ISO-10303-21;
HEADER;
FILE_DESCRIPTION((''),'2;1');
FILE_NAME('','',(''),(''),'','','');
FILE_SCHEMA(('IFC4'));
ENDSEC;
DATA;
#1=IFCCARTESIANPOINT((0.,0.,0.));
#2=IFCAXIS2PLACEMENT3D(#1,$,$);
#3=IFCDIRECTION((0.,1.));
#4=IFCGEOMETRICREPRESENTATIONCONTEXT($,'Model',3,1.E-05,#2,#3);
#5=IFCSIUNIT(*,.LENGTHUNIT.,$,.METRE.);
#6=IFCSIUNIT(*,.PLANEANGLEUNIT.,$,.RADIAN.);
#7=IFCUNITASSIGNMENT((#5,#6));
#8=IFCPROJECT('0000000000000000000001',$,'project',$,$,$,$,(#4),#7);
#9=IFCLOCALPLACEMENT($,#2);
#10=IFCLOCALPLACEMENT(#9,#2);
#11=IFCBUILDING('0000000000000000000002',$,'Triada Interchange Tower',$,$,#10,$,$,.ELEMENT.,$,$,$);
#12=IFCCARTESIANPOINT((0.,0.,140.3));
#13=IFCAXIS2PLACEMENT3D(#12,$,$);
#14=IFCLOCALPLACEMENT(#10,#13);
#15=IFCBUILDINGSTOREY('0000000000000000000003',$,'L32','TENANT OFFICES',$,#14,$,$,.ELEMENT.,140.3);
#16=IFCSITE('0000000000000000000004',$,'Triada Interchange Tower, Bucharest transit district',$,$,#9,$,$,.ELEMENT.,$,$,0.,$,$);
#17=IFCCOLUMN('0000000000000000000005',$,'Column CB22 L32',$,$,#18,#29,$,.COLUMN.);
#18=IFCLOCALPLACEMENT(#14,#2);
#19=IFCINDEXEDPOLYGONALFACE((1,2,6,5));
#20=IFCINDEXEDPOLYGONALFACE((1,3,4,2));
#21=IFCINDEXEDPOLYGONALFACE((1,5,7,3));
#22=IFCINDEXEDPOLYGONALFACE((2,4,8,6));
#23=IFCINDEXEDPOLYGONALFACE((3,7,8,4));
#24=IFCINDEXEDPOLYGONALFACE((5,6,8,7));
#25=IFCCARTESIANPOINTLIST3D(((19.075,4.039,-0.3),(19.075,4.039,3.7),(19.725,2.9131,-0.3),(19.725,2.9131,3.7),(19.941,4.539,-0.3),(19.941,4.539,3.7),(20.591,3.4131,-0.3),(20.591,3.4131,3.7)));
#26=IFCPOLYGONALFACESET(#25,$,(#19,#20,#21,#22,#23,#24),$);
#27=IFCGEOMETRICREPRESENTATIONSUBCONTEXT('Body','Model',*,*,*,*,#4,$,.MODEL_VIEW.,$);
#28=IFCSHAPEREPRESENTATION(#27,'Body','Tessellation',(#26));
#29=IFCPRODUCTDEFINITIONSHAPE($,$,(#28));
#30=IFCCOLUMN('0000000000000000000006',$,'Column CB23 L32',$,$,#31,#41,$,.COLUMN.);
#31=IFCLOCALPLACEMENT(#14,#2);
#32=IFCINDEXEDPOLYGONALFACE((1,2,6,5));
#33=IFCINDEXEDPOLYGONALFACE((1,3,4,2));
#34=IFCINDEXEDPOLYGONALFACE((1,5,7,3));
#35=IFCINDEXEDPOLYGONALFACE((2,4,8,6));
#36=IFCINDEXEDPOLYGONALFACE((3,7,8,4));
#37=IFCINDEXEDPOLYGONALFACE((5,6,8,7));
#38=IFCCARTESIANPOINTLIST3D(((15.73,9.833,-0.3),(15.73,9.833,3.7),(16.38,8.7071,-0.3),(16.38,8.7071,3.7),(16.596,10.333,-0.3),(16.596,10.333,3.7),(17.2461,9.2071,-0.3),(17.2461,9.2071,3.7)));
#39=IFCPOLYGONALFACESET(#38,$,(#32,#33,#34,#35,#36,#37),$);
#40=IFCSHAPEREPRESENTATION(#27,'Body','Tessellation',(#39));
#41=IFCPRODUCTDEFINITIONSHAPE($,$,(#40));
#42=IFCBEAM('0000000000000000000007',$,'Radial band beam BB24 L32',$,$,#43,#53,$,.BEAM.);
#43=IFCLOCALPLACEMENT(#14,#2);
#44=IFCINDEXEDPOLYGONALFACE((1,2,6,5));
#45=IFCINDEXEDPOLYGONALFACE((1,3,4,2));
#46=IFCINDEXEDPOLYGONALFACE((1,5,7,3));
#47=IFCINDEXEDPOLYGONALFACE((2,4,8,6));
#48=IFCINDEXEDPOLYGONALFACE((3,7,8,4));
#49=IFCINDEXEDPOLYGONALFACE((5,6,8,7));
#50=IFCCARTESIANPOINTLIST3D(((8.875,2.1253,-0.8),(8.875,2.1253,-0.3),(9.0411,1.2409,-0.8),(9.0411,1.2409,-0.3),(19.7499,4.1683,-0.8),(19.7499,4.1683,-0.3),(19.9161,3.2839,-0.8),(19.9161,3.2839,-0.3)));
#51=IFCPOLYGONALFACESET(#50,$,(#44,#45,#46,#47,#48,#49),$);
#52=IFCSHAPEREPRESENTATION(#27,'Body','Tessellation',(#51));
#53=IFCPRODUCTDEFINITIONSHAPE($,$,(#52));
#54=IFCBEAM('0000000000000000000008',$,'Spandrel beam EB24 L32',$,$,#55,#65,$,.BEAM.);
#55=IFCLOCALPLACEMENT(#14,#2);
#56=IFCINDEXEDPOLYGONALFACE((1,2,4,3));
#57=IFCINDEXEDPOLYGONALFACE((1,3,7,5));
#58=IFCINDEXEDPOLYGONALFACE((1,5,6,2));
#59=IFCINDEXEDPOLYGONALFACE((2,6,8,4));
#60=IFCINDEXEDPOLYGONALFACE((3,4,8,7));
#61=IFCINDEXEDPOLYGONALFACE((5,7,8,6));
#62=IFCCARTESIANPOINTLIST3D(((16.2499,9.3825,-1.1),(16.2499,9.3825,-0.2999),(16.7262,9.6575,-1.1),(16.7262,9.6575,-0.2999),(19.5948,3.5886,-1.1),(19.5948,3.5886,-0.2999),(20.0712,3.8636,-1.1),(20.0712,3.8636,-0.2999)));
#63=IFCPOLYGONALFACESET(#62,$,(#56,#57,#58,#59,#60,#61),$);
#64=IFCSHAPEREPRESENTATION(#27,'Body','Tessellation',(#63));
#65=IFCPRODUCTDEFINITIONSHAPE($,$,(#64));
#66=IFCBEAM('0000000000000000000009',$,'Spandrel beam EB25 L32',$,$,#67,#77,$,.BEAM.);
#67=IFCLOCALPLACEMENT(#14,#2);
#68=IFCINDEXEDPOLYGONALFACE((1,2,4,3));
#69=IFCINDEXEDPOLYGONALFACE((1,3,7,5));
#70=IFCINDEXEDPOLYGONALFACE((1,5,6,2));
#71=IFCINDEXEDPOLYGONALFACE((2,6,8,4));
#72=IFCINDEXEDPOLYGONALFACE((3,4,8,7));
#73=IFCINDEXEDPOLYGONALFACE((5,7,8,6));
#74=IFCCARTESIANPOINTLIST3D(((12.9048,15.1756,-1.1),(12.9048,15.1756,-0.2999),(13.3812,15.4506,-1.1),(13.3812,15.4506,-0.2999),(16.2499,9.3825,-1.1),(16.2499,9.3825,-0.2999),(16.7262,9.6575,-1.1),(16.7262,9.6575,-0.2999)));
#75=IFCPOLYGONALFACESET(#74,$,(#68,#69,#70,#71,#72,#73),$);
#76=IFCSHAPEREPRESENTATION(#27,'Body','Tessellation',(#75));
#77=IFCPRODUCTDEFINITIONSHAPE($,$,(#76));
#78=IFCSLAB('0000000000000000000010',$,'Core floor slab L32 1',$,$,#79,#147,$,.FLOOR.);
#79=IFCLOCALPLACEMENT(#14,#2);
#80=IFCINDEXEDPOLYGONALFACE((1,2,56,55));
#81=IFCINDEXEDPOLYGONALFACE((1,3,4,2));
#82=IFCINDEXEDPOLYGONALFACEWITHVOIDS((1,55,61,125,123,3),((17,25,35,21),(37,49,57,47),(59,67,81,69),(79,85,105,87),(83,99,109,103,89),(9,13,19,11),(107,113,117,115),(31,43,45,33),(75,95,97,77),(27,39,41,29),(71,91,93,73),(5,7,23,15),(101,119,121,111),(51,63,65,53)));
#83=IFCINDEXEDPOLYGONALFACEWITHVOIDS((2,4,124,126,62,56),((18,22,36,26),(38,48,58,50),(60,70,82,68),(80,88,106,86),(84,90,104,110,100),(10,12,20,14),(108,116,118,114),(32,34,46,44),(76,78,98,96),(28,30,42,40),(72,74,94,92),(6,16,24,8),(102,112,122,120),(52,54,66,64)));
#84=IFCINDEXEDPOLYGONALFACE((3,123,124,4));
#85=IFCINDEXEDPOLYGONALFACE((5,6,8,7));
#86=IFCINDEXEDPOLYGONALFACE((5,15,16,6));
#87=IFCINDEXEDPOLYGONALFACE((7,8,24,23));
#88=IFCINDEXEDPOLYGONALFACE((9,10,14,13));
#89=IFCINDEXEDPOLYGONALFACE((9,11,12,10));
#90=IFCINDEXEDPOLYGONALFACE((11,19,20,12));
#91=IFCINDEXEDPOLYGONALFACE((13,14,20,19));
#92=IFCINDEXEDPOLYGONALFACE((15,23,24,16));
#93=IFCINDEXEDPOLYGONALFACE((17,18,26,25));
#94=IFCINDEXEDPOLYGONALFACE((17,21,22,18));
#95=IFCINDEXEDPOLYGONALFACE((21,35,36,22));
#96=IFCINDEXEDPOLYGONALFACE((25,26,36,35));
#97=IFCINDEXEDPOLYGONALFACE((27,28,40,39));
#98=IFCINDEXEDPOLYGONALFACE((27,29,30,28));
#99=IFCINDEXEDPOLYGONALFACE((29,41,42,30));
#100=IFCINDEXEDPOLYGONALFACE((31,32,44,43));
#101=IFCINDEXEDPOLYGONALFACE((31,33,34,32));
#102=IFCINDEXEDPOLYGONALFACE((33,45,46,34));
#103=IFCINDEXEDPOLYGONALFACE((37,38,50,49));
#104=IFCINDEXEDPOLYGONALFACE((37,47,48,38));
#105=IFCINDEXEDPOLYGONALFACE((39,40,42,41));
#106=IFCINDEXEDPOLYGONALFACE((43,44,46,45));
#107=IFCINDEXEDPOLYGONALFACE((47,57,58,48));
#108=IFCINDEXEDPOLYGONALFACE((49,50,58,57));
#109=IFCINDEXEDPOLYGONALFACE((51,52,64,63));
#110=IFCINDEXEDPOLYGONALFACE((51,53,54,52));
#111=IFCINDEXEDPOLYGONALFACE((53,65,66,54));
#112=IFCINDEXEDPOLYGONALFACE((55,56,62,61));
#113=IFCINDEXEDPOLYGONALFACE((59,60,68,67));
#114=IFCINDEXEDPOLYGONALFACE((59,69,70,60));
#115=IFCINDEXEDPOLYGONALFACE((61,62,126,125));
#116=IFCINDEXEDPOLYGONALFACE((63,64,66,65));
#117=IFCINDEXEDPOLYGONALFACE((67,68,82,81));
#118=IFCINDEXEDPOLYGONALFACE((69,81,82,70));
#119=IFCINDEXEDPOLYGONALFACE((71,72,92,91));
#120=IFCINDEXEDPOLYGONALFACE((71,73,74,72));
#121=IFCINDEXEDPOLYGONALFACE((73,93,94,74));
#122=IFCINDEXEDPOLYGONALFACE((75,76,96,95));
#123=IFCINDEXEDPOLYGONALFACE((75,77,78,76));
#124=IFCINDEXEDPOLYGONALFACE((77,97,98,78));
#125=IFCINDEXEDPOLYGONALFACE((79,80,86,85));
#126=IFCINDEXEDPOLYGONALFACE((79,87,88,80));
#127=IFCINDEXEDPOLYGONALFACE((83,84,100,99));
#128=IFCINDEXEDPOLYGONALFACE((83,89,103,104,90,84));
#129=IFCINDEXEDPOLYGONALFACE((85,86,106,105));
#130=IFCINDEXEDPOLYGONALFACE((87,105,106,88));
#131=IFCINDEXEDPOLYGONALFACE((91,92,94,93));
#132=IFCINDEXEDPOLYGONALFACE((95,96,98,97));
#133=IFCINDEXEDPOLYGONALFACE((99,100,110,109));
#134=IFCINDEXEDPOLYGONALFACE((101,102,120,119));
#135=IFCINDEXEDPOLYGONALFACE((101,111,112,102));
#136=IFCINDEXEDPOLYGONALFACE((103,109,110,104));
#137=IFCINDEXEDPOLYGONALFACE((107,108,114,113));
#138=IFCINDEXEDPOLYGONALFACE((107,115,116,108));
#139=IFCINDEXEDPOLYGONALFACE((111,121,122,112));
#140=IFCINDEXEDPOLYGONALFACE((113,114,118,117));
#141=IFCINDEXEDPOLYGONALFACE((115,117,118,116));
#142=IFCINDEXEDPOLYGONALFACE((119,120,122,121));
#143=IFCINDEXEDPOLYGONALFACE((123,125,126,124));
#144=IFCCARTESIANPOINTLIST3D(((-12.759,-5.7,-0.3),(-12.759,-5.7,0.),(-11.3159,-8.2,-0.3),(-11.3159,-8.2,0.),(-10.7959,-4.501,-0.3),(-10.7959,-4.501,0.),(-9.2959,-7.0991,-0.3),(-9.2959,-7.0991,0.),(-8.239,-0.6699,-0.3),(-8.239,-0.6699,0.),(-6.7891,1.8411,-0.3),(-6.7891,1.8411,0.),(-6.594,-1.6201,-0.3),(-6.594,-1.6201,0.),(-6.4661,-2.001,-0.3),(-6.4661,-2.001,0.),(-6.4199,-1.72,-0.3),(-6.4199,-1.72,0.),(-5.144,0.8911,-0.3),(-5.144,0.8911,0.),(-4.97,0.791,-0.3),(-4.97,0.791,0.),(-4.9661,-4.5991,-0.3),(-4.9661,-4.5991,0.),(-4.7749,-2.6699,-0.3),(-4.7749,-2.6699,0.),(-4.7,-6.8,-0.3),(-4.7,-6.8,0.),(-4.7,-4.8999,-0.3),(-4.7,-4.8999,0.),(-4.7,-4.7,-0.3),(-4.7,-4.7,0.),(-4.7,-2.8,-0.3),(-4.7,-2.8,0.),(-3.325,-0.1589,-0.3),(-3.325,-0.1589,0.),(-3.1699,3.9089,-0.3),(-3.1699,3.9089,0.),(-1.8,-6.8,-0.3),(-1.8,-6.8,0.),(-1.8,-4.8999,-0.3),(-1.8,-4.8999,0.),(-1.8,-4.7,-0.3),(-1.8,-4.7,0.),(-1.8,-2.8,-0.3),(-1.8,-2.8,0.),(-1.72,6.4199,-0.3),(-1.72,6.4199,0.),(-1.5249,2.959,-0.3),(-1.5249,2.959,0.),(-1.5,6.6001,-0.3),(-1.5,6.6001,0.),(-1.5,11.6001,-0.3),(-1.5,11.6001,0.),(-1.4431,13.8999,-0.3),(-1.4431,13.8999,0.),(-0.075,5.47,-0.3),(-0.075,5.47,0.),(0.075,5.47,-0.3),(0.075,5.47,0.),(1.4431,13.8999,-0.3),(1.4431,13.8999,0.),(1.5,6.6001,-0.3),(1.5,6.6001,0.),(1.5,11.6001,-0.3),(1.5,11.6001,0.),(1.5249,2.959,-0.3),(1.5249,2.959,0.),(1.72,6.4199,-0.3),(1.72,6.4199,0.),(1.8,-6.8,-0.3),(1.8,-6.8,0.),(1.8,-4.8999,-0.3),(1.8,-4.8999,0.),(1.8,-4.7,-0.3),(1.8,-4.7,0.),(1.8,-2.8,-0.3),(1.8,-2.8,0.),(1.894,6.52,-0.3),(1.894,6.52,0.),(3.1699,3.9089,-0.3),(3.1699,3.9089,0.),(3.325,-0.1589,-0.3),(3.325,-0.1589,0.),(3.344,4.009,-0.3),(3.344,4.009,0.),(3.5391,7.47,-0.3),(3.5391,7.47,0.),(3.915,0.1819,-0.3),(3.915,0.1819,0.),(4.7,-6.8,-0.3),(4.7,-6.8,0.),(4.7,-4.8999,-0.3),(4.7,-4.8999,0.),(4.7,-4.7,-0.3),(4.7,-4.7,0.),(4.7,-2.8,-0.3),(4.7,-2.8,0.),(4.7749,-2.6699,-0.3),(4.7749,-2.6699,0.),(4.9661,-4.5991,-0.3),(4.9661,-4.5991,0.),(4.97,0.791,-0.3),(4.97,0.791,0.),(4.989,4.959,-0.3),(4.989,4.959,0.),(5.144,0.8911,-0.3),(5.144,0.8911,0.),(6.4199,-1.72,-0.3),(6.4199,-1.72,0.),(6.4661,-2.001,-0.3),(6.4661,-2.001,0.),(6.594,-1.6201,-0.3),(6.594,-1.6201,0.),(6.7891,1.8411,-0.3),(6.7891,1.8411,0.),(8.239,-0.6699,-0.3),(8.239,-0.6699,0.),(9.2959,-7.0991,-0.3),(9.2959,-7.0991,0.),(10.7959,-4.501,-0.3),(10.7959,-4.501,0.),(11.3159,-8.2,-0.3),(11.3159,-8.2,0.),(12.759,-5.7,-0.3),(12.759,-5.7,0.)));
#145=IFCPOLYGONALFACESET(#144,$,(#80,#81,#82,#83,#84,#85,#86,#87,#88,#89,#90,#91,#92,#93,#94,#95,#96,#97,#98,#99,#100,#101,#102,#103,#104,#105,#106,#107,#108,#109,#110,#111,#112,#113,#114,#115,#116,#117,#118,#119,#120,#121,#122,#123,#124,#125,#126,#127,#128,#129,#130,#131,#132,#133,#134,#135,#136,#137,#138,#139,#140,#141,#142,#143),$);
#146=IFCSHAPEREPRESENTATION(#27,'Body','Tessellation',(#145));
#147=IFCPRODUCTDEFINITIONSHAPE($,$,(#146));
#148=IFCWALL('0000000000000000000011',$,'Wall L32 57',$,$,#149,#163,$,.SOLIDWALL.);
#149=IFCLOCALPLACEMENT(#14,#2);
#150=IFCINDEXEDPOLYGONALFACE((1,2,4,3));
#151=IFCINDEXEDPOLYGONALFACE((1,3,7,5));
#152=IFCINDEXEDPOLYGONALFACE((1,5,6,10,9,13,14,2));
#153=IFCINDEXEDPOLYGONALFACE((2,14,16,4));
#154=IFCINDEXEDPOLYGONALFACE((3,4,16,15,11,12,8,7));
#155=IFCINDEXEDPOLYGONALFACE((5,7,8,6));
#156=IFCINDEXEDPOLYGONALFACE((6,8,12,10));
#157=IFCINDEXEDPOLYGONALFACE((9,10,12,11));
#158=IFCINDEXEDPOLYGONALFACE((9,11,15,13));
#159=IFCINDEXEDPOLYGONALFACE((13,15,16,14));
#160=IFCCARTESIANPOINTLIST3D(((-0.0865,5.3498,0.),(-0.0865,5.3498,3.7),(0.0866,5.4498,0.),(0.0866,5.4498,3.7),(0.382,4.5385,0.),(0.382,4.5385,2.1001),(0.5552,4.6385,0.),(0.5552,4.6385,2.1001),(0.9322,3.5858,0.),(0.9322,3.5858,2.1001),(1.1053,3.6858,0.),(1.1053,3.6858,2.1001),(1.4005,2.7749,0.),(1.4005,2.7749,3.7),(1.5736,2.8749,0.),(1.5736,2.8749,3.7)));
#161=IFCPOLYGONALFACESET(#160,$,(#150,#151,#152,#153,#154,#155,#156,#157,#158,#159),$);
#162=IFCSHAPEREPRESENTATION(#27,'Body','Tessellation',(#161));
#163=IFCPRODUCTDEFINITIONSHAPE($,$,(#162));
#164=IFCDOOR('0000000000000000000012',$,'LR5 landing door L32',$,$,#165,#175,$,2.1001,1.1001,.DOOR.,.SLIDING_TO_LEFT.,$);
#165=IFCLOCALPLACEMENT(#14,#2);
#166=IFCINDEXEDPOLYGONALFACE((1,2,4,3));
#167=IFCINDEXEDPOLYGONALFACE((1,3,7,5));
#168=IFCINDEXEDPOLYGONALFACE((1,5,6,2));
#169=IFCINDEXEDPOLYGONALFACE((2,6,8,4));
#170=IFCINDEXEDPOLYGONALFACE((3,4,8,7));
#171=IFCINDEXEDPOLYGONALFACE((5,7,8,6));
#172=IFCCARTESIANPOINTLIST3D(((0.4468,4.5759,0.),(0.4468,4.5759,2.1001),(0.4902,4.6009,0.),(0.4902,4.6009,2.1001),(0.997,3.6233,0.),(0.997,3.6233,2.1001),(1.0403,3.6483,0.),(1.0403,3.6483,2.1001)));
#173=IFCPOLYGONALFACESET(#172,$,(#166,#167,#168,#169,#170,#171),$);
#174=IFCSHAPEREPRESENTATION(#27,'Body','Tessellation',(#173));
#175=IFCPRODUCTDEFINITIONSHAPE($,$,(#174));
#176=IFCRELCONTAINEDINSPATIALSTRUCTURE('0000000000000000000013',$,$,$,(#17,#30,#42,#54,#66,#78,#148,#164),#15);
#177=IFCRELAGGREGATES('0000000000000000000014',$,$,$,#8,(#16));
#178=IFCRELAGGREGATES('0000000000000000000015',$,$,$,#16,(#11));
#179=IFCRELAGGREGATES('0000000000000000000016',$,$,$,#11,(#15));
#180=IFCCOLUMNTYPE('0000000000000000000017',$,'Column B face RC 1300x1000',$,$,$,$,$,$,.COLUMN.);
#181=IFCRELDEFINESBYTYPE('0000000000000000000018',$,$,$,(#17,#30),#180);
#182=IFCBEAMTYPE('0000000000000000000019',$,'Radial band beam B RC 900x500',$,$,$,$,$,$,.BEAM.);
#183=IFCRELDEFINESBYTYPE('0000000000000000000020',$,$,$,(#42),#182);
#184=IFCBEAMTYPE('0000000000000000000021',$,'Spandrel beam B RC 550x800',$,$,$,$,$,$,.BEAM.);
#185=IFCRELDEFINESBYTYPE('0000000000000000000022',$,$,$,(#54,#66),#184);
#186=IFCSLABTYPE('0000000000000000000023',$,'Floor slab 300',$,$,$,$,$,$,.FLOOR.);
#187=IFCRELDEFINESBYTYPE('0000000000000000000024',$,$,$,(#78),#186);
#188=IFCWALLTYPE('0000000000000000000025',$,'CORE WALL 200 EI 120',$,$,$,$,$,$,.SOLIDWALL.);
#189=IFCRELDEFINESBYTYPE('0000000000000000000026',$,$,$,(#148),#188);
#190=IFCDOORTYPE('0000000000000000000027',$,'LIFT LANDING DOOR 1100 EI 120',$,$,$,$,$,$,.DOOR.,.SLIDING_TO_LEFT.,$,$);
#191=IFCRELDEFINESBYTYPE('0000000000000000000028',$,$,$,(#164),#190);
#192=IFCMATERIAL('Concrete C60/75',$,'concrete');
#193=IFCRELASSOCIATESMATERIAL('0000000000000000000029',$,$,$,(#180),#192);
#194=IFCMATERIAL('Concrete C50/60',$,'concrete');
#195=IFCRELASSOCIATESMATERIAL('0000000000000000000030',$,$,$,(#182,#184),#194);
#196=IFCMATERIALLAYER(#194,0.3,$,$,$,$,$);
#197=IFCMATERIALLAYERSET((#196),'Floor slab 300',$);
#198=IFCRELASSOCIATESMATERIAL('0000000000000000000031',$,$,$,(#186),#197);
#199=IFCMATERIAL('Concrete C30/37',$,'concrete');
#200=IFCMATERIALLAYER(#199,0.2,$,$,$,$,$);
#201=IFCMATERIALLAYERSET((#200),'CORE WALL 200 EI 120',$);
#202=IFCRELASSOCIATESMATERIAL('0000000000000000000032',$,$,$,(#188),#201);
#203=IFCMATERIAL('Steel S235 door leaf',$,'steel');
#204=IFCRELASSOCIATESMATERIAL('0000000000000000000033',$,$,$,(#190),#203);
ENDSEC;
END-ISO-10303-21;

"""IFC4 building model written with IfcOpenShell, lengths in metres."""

from ifc_helpers import new_model, si_unit, direction, frame, frame_2d, origin, origin_2d, place, context, subcontext, project, spatial, polyline, rectangle, outline, extrude, material, layer, layer_set, material_profile, profile_set, type_object, element, fill, save


model = new_model("IFC4")

# Units and contexts
model_context = context("Model", 3, precision=1e-05, world=origin(), true_north=direction((0.0, 1.0)))
body_context = subcontext(model_context, "Body", "Model", "MODEL_VIEW")
ifc_project = project(units=[si_unit("LENGTHUNIT", "METRE"), si_unit("PLANEANGLEUNIT", "RADIAN")], contexts=[model_context])

# Site, building, storey
site_placement = place(None, origin())
site = spatial("IfcSite", under=ifc_project, at=site_placement, Name="Triada Interchange Tower, Bucharest transit district", CompositionType="ELEMENT", RefElevation=0.0)
building_placement = place(site_placement, origin())
building = spatial("IfcBuilding", under=site, at=building_placement, Name="Triada Interchange Tower", CompositionType="ELEMENT")
storey_placement = place(building_placement, frame((0.0, 0.0, 140.3)))
storey = spatial("IfcBuildingStorey", under=building, at=storey_placement, Name="L32", Description="TENANT OFFICES", CompositionType="ELEMENT", Elevation=140.3)

# Columns
ifc_material_1 = material(Name="Concrete C60/75", Category="concrete")
ifc_material_profile_1 = material_profile(ifc_material_1, rectangle(XDim=1.3, YDim=1.0, at=origin_2d()), Name="RC 1300x1000")
ifc_profile_set_1 = profile_set([ifc_material_profile_1], Name="Concrete C60/75")
column_type = type_object("IfcColumnType", Name="Column B face RC 1300x1000", PredefinedType="COLUMN", material=ifc_profile_set_1)
for number, where, z_axis, x_axis, name in (
    (1, (19.833, 3.7261, -0.3), (0.0, 0.0, 1.0), (-0.5, 0.866025, 0.0), "Column CB22 L32"),
    (2, (16.488, 9.52, -0.3), (0.0, 0.0, 1.0), (-0.5, 0.866025, 0.0), "Column CB23 L32"),
):
    element("IfcColumn", number, at=place(storey_placement, frame(where, z_axis=z_axis, x_axis=x_axis)), inside=storey, type_object=column_type, Name=name, PredefinedType="COLUMN", context=body_context, shape_type="SweptSolid", body=[
        extrude(rectangle(XDim=1.3, YDim=1.0, at=origin_2d()), origin(), (0.0, 0.0, 1.0), 4.0),
    ])

# Beams
ifc_material_2 = material(Name="Concrete C50/60", Category="concrete")
ifc_material_profile_2 = material_profile(ifc_material_2, rectangle(XDim=0.8999, YDim=0.5, at=origin_2d()), Name="RC 900x500")
ifc_profile_set_2 = profile_set([ifc_material_profile_2], Name="Concrete C50/60")
beam_type_1 = type_object("IfcBeamType", Name="Radial band beam B RC 900x500", PredefinedType="BEAM", material=ifc_profile_set_2)
beam_1_placement = place(storey_placement, frame((19.833, 3.7261, -0.55), z_axis=(-0.982808, -0.18463, 0.0), x_axis=(0.18463, -0.982808, 0.0)))
element("IfcBeam", 3, at=beam_1_placement, inside=storey, type_object=beam_type_1, Name="Radial band beam BB24 L32", PredefinedType="BEAM", context=body_context, shape_type="SweptSolid", body=[
    extrude(rectangle(XDim=0.8999, YDim=0.5, at=origin_2d()), origin(), (0.0, 0.0, 1.0), 11.0652),
])
ifc_material_profile_3 = material_profile(ifc_material_2, rectangle(XDim=0.55, YDim=0.8, at=origin_2d()), Name="RC 550x800")
ifc_profile_set_3 = profile_set([ifc_material_profile_3], Name="Concrete C50/60")
beam_type_2 = type_object("IfcBeamType", Name="Spandrel beam B RC 550x800", PredefinedType="BEAM", material=ifc_profile_set_3)
beam_2_placement = place(storey_placement, frame((19.833, 3.7261, -0.7), z_axis=(-0.499981, 0.866036, 0.0), x_axis=(-0.866036, -0.499981, 0.0)))
element("IfcBeam", 4, at=beam_2_placement, inside=storey, type_object=beam_type_2, Name="Spandrel beam EB24 L32", PredefinedType="BEAM", context=body_context, shape_type="SweptSolid", body=[
    extrude(rectangle(XDim=0.55, YDim=0.8, at=origin_2d()), origin(), (0.0, 0.0, 1.0), 6.6902),
])
beam_3_placement = place(storey_placement, frame((16.488, 9.52, -0.7), z_axis=(-0.500045, 0.866, 0.0), x_axis=(-0.866, -0.500045, 0.0)))
element("IfcBeam", 5, at=beam_3_placement, inside=storey, type_object=beam_type_2, Name="Spandrel beam EB25 L32", PredefinedType="BEAM", context=body_context, shape_type="SweptSolid", body=[
    extrude(rectangle(XDim=0.55, YDim=0.8, at=origin_2d()), origin(), (0.0, 0.0, 1.0), 6.6895),
])

# Slab
ifc_layer_1 = layer(ifc_material_2, 0.3)
ifc_layer_set_1 = layer_set([ifc_layer_1], Name="Floor slab 300")
slab_type = type_object("IfcSlabType", Name="Floor slab 300", PredefinedType="FLOOR", material=ifc_layer_set_1)
slab_placement = place(storey_placement, frame((0.0, 0.0, -0.3)))
element("IfcSlab", 6, at=slab_placement, inside=storey, type_object=slab_type, Name="Core floor slab L32 1", PredefinedType="FLOOR", context=body_context, shape_type="SweptSolid", body=[
    extrude(outline(polyline([(12.759, -5.7), (11.3159, -8.2), (-11.3159, -8.2), (-12.759, -5.7), (-1.4431, 13.8999), (1.4431, 13.8999), (12.759, -5.7)]), holes=[polyline([(9.2959, -7.0991), (10.7959, -4.501), (6.4661, -2.001), (4.9661, -4.5991), (9.2959, -7.0991)]), polyline([(6.7891, 1.8411), (5.144, 0.8911), (6.594, -1.6201), (8.239, -0.6699), (6.7891, 1.8411)]), polyline([(4.7749, -2.6699), (6.4199, -1.72), (4.97, 0.791), (3.915, 0.1819), (3.325, -0.1589), (4.7749, -2.6699)]), polyline([(1.894, 6.52), (3.344, 4.009), (4.989, 4.959), (3.5391, 7.47), (1.894, 6.52)]), polyline([(4.7, -6.8), (4.7, -4.8999), (1.8, -4.8999), (1.8, -6.8), (4.7, -6.8)]), polyline([(4.7, -2.8), (1.8, -2.8), (1.8, -4.7), (4.7, -4.7), (4.7, -2.8)]), polyline([(0.075, 5.47), (1.5249, 2.959), (3.1699, 3.9089), (1.72, 6.4199), (0.075, 5.47)]), polyline([(1.5, 11.6001), (-1.5, 11.6001), (-1.5, 6.6001), (1.5, 6.6001), (1.5, 11.6001)]), polyline([(-1.5249, 2.959), (-0.075, 5.47), (-1.72, 6.4199), (-3.1699, 3.9089), (-1.5249, 2.959)]), polyline([(-1.8, -2.8), (-4.7, -2.8), (-4.7, -4.7), (-1.8, -4.7), (-1.8, -2.8)]), polyline([(-4.7, -6.8), (-1.8, -6.8), (-1.8, -4.8999), (-4.7, -4.8999), (-4.7, -6.8)]), polyline([(-4.7749, -2.6699), (-3.325, -0.1589), (-4.97, 0.791), (-6.4199, -1.72), (-4.7749, -2.6699)]), polyline([(-10.7959, -4.501), (-9.2959, -7.0991), (-4.9661, -4.5991), (-6.4661, -2.001), (-10.7959, -4.501)]), polyline([(-6.594, -1.6201), (-5.144, 0.8911), (-6.7891, 1.8411), (-8.239, -0.6699), (-6.594, -1.6201)])]), origin(), (0.0, 0.0, 1.0), 0.3),
])

# Wall, opening, door
ifc_material_3 = material(Name="Concrete C30/37", Category="concrete")
ifc_layer_2 = layer(ifc_material_3, 0.2)
ifc_layer_set_2 = layer_set([ifc_layer_2], Name="CORE WALL 200 EI 120")
wall_type_1 = type_object("IfcWallType", Name="CORE WALL 200 EI 120", PredefinedType="SOLIDWALL", material=ifc_layer_set_2)
wall_1_placement = place(storey_placement, frame((0.0, 5.3999, 0.0), z_axis=(0.0, 0.0, 1.0), x_axis=(0.500104, -0.865965, 0.0)))
wall_1 = element("IfcWall", 7, at=wall_1_placement, inside=storey, type_object=wall_type_1, Name="Wall L32 57", PredefinedType="SOLIDWALL", context=body_context, shape_type="SweptSolid", body=[
    extrude(rectangle(XDim=2.9734, YDim=0.2, at=frame_2d((1.4868, 0.0))), origin(), (0.0, 0.0, 1.0), 3.7),
])
opening_1_placement = place(wall_1_placement, frame((0.937, 0.0, 0.0)))
opening_1 = element("IfcOpeningElement", 8, at=opening_1_placement, cuts=wall_1, PredefinedType="OPENING", context=body_context, shape_type="SweptSolid", body=[
    extrude(rectangle(XDim=1.1001, YDim=2.1001, at=frame_2d((0.55, 1.05))), frame((0.0, 0.1099, 0.0), z_axis=(0.0, -1.0, 0.0), x_axis=(1.0, 0.0, 0.0)), (0.0, 0.0, 1.0), 0.22),
])
ifc_material_4 = material(Name="Steel S235 door leaf", Category="steel")
door_type = type_object("IfcDoorType", Name="LIFT LANDING DOOR 1100 EI 120", OperationType="SLIDING_TO_LEFT", PredefinedType="DOOR", material=ifc_material_4)
door_1_placement = place(opening_1_placement, origin())
door_1 = element("IfcDoor", 9, at=door_1_placement, inside=storey, type_object=door_type, Name="LR5 landing door L32", OperationType="SLIDING_TO_LEFT", OverallHeight=2.1001, OverallWidth=1.1001, PredefinedType="DOOR", context=body_context, shape_type="SweptSolid", body=[
    extrude(rectangle(XDim=1.1001, YDim=2.1001, at=frame_2d((0.55, 1.05))), frame((0.0, 0.0249, 0.0), z_axis=(0.0, -1.0, 0.0), x_axis=(1.0, 0.0, 0.0)), (0.0, 0.0, 1.0), 0.05),
])
fill(opening_1, door_1)

save(model, "model.ifc")
